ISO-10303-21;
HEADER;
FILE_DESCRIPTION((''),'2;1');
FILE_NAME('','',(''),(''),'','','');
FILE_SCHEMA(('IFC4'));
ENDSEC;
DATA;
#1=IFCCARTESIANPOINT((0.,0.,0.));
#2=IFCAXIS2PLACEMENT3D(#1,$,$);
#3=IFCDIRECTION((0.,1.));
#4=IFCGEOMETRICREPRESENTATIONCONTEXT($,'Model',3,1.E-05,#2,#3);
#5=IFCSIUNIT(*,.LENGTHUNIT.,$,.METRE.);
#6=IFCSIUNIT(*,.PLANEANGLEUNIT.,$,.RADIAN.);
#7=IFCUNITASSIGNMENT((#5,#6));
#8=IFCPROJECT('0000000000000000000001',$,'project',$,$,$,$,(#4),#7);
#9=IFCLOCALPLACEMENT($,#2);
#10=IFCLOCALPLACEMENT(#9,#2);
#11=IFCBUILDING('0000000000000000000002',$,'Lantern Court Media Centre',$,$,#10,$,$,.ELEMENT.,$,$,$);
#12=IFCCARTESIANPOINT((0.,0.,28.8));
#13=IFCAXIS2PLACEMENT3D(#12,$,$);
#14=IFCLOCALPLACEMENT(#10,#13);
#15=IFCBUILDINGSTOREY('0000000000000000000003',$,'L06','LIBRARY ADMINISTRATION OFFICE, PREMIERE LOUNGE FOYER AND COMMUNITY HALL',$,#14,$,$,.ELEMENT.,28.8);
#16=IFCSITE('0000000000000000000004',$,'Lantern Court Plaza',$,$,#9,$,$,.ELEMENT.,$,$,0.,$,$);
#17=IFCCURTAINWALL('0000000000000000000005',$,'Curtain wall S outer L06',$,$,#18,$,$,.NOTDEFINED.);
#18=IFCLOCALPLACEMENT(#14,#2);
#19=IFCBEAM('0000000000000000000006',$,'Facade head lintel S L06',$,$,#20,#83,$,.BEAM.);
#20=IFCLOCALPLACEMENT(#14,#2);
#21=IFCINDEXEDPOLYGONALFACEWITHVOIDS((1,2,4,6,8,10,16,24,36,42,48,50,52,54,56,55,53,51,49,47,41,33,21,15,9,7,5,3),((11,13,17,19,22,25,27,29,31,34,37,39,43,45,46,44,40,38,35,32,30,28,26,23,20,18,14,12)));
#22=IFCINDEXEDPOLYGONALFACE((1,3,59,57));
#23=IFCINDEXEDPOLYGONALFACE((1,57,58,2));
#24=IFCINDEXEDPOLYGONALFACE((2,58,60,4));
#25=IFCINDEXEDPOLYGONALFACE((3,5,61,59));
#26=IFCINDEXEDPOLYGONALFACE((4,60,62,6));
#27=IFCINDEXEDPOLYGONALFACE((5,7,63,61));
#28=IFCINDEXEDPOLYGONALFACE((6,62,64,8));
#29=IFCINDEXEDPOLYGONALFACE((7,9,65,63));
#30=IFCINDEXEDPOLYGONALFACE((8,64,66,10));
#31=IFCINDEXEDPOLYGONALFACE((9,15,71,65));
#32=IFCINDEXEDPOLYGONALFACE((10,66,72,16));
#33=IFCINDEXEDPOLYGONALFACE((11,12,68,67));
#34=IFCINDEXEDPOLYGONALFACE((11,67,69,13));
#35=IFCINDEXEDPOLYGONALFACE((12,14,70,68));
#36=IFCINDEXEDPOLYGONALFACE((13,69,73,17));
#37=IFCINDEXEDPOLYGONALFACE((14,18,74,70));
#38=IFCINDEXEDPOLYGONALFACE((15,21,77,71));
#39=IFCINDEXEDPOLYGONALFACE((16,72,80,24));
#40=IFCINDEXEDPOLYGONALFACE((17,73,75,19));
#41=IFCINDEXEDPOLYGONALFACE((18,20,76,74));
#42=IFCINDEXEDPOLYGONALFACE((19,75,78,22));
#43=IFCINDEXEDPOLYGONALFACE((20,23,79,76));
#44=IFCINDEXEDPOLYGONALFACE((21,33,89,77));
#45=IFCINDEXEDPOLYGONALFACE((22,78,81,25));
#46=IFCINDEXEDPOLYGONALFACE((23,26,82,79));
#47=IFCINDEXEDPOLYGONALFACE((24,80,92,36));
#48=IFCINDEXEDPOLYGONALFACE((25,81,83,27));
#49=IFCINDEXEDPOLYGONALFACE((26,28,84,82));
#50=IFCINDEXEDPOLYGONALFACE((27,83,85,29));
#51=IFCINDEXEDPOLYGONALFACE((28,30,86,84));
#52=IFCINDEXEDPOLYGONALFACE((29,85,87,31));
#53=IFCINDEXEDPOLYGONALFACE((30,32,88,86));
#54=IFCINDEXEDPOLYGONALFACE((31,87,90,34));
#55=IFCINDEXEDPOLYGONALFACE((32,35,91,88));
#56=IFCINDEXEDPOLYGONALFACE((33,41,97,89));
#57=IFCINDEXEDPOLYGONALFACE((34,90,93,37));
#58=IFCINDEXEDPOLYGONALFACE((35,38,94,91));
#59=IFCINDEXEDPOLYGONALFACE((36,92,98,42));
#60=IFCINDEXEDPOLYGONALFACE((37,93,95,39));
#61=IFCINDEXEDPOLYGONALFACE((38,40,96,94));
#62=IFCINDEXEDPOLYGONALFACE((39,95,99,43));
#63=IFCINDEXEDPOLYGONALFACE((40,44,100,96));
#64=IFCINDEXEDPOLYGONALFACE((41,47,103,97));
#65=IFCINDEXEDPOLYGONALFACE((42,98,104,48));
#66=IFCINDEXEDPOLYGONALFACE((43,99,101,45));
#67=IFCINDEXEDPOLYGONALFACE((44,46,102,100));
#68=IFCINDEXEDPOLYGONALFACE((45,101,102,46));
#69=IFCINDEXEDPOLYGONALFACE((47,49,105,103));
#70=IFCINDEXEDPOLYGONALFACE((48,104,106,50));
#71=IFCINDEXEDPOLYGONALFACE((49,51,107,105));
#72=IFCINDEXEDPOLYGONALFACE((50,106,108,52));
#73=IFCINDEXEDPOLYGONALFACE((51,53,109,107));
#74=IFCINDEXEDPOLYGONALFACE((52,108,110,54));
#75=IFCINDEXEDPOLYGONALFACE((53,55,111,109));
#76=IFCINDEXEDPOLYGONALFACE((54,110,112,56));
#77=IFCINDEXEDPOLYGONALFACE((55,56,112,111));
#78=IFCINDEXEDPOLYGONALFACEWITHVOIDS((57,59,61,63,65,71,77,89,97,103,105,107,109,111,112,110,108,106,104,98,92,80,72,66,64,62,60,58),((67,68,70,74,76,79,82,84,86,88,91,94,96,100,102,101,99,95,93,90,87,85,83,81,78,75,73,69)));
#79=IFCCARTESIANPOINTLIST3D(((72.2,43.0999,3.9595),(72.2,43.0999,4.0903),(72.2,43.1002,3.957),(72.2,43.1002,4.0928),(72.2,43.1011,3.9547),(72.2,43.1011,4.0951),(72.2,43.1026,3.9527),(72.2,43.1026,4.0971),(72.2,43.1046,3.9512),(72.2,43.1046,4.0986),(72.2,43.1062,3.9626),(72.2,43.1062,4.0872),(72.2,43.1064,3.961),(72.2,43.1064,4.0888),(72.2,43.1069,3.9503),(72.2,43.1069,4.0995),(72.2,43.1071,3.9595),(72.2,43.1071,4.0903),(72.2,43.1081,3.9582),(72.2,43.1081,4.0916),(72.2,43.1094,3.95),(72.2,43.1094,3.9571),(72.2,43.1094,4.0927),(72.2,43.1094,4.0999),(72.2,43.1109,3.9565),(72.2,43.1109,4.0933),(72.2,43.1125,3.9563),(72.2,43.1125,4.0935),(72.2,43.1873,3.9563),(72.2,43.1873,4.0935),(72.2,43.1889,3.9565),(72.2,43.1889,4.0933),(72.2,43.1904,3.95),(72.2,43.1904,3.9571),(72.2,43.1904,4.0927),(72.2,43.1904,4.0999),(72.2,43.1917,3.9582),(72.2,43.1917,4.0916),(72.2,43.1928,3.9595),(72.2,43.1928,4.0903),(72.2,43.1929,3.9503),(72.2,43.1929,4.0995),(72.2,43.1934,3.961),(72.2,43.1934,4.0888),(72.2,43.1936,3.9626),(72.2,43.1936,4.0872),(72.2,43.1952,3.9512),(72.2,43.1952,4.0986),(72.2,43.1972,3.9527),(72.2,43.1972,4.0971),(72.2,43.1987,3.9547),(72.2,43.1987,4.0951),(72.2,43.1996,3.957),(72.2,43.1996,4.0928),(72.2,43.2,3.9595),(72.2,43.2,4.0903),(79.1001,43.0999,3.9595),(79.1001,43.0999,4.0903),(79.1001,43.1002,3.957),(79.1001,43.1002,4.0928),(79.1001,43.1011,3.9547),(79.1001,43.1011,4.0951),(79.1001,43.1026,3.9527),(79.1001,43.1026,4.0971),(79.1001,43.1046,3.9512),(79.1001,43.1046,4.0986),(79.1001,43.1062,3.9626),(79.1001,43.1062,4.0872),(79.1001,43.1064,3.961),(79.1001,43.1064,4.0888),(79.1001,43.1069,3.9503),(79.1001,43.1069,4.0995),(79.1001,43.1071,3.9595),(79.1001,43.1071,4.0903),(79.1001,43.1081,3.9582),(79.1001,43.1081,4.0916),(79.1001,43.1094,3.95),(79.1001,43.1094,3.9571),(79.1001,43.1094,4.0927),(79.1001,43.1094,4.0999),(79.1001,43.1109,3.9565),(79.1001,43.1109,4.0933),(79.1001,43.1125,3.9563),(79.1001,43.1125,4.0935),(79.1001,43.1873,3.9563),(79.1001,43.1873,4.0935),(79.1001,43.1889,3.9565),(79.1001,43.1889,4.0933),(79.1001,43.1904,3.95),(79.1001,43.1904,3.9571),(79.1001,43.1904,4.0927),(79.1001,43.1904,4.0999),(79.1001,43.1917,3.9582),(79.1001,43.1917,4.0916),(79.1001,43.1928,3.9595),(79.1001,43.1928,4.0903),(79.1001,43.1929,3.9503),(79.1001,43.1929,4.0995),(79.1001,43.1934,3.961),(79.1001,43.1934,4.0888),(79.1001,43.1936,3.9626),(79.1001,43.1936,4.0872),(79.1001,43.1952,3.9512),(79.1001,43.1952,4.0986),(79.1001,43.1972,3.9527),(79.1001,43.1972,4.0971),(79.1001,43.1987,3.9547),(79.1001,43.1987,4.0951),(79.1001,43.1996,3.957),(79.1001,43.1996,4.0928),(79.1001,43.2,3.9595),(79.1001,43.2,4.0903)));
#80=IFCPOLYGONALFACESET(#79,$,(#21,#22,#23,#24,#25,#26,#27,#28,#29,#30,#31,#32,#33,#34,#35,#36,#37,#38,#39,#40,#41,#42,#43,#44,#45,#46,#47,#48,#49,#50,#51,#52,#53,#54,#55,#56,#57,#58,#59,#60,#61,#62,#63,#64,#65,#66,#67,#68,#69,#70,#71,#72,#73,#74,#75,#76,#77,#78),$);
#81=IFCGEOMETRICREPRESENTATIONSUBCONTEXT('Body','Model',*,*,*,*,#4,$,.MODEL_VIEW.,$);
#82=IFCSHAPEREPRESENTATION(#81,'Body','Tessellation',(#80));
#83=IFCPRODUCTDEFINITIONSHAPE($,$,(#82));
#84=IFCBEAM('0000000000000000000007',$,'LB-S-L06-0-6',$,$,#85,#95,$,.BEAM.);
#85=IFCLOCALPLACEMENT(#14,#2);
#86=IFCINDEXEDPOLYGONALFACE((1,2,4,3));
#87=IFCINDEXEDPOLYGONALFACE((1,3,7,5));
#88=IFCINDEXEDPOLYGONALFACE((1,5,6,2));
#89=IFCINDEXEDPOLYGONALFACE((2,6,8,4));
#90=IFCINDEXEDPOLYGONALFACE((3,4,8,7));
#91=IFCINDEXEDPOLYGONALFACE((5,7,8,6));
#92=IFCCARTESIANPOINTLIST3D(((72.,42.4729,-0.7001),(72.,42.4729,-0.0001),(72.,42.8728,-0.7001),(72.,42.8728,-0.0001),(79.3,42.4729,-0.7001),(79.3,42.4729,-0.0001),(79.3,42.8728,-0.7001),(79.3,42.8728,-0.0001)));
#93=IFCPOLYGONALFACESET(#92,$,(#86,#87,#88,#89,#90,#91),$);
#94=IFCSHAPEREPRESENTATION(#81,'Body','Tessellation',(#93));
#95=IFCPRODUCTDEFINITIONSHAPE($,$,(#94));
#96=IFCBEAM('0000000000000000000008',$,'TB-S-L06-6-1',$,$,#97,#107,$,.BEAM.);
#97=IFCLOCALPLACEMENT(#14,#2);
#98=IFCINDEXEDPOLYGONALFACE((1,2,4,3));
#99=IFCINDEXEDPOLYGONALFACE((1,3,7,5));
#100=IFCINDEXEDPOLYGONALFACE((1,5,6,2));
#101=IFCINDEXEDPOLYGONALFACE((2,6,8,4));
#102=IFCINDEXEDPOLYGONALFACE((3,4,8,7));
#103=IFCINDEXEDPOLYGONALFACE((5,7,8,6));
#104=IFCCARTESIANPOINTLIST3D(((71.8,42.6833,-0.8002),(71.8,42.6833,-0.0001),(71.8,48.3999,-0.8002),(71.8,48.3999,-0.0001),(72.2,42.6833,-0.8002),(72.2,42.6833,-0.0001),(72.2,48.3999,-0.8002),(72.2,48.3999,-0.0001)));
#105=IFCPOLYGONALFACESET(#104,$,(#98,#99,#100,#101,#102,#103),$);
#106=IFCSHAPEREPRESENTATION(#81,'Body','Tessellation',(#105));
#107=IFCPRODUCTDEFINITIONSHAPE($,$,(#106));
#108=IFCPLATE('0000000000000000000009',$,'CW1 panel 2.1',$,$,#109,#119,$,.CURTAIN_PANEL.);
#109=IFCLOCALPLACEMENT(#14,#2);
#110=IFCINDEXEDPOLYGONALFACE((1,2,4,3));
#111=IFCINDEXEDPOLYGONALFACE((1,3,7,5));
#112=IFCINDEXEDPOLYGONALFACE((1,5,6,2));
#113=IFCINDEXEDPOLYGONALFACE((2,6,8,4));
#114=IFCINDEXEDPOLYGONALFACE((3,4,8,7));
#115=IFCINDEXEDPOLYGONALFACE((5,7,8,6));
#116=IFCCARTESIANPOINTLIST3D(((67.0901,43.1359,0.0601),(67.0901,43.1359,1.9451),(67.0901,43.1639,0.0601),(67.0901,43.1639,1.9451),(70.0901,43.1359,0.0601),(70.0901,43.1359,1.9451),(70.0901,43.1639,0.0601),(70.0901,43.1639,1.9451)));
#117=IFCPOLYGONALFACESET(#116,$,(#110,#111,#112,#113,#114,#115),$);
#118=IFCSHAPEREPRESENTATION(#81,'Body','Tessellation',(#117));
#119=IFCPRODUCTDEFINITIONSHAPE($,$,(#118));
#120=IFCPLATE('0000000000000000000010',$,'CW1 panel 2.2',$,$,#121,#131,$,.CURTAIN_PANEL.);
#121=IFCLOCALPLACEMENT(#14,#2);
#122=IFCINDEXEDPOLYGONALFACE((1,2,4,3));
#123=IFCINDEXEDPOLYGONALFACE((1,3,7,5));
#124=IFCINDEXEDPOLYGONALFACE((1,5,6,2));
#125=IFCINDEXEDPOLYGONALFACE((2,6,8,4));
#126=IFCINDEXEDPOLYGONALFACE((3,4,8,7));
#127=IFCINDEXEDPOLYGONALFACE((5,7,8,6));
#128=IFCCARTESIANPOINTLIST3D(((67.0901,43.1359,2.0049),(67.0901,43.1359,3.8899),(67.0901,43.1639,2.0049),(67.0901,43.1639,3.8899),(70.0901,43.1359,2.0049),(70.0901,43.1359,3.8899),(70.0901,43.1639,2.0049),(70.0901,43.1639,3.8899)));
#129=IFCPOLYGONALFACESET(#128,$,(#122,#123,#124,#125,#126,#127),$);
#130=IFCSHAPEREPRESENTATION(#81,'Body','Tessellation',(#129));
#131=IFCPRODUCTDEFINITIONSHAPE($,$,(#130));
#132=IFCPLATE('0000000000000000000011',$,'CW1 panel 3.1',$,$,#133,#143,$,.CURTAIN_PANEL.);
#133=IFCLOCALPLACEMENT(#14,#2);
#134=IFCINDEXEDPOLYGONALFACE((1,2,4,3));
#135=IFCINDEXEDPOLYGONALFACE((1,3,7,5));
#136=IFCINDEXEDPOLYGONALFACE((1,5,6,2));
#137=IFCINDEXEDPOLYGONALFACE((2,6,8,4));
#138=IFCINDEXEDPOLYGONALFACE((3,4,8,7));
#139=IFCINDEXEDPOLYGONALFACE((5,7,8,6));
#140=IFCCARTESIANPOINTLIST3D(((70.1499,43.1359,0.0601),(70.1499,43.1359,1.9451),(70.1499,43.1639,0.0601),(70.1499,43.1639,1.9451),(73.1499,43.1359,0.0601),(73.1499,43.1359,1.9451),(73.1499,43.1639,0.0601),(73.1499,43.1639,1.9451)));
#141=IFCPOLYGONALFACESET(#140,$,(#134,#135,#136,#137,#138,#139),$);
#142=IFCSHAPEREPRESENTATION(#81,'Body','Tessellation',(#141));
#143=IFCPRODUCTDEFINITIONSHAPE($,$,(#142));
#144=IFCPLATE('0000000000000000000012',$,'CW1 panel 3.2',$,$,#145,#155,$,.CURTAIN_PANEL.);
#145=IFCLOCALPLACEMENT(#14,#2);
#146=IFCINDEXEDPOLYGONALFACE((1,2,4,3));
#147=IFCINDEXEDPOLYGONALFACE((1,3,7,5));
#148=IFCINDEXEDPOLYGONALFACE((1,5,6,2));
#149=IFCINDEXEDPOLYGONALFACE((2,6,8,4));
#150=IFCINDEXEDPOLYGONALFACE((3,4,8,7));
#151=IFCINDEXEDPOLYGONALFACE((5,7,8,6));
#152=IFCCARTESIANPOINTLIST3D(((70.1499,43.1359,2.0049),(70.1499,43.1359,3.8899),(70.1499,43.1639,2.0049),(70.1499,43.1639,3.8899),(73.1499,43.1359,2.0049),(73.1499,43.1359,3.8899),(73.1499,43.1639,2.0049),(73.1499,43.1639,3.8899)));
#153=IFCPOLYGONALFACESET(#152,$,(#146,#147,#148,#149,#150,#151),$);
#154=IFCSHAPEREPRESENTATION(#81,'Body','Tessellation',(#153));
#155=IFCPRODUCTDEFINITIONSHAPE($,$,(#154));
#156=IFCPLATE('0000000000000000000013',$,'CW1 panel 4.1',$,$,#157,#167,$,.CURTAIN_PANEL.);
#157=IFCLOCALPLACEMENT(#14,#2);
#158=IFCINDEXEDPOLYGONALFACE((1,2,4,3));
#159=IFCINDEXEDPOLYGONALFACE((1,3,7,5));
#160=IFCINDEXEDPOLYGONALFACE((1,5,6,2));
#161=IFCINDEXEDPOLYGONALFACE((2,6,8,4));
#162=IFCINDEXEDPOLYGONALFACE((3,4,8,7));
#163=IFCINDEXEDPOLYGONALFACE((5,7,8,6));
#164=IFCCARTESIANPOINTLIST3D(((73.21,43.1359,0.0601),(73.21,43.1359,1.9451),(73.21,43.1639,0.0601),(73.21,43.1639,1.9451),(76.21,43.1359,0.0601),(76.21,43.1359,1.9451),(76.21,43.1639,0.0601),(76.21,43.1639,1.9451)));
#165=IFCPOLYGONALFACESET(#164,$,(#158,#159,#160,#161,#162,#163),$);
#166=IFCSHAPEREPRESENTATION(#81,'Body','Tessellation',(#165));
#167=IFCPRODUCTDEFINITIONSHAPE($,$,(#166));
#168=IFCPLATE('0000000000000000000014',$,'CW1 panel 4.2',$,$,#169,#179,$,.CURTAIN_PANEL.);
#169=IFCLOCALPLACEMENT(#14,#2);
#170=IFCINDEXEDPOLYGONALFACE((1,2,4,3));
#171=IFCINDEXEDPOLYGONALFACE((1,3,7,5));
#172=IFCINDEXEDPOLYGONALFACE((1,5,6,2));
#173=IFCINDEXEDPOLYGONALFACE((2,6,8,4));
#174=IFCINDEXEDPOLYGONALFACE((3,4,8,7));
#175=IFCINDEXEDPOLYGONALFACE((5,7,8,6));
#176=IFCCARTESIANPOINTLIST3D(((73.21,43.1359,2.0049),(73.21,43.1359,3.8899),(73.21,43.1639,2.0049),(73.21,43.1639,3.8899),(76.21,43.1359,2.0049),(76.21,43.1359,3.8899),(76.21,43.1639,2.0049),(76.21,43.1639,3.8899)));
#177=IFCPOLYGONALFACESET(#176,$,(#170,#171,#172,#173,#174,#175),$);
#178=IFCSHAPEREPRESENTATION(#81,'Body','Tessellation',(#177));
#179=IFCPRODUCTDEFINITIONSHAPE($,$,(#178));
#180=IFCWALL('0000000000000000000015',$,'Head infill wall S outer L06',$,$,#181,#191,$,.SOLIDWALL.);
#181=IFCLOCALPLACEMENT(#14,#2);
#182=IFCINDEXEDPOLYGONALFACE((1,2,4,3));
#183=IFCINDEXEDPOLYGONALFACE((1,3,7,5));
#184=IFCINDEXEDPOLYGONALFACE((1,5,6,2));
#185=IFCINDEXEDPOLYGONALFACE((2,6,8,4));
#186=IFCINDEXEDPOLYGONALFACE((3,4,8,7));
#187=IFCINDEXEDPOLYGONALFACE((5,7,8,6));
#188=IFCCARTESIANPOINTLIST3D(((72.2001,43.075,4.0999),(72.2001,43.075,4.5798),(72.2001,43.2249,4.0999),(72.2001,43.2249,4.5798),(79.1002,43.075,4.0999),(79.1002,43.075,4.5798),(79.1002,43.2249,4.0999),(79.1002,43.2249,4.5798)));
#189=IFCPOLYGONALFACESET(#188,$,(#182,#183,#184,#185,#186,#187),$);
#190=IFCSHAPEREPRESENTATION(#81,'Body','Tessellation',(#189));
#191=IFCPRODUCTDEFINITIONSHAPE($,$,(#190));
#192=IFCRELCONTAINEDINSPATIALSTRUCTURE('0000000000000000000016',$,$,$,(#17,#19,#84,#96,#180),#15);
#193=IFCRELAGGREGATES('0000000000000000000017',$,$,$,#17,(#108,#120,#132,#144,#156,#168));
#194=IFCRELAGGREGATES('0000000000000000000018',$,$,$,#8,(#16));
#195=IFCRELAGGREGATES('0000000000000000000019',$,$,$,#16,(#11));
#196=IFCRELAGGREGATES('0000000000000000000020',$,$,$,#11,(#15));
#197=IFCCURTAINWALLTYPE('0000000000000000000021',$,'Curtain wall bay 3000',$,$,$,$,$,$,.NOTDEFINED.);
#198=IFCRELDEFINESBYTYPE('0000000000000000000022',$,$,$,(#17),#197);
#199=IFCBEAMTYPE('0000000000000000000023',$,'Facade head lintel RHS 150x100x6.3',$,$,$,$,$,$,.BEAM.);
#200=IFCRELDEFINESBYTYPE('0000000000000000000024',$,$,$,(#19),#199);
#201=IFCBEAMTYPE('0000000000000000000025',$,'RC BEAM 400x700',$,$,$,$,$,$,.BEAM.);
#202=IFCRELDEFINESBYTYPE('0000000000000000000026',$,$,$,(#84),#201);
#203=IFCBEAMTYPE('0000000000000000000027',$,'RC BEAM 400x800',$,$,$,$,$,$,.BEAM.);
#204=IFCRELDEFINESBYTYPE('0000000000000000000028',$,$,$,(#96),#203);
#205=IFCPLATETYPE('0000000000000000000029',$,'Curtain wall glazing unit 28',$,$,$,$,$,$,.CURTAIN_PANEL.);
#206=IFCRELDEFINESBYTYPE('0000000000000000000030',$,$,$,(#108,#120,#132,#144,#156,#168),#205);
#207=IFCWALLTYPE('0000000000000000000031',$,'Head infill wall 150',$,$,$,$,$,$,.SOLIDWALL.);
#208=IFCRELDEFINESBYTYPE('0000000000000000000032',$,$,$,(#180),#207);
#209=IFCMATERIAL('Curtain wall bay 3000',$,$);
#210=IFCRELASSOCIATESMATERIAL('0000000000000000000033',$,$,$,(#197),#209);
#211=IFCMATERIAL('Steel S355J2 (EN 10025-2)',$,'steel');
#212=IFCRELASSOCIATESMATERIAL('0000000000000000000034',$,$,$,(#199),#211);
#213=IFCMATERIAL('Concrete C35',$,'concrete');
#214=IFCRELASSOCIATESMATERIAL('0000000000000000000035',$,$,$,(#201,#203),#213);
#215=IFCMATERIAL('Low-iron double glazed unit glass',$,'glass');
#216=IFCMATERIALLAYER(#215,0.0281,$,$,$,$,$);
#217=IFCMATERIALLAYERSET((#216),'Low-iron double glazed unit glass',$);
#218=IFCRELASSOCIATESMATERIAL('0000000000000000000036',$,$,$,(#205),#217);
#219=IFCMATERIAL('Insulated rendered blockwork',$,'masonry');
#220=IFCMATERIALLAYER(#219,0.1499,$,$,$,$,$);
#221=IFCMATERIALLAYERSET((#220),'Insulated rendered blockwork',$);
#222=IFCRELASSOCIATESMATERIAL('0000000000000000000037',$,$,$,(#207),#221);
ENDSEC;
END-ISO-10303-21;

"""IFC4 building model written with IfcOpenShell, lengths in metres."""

from ifc_helpers import new_model, si_unit, direction, frame, frame_2d, origin, origin_2d, place, context, subcontext, project, spatial, rectangle, hollow_rectangle, extrude, material, layer, layer_set, material_profile, profile_set, type_object, element, aggregate, save


model = new_model("IFC4")

# Units and contexts
model_context = context("Model", 3, precision=1e-05, world=origin(), true_north=direction((0.0, 1.0)))
body_context = subcontext(model_context, "Body", "Model", "MODEL_VIEW")
ifc_project = project(units=[si_unit("LENGTHUNIT", "METRE"), si_unit("PLANEANGLEUNIT", "RADIAN")], contexts=[model_context])

# Site, building, storey
site_placement = place(None, origin())
site = spatial("IfcSite", under=ifc_project, at=site_placement, Name="Lantern Court Plaza", CompositionType="ELEMENT", RefElevation=0.0)
building_placement = place(site_placement, origin())
building = spatial("IfcBuilding", under=site, at=building_placement, Name="Lantern Court Media Centre", CompositionType="ELEMENT")
storey_placement = place(building_placement, frame((0.0, 0.0, 28.8)))
storey = spatial("IfcBuildingStorey", under=building, at=storey_placement, Name="L06", Description="LIBRARY ADMINISTRATION OFFICE, PREMIERE LOUNGE FOYER AND COMMUNITY HALL", CompositionType="ELEMENT", Elevation=28.8)

# Shared definitions
ifc_material_1 = material(Name="Concrete C35", Category="concrete")

# Curtain wall
ifc_material_2 = material(Name="Curtain wall bay 3000")
curtain_wall_type = type_object("IfcCurtainWallType", Name="Curtain wall bay 3000", PredefinedType="NOTDEFINED", material=ifc_material_2)
curtain_wall_placement = place(storey_placement, origin())
curtain_wall = element("IfcCurtainWall", 1, at=curtain_wall_placement, inside=storey, type_object=curtain_wall_type, Name="Curtain wall S outer L06", PredefinedType="NOTDEFINED")

# Beams
ifc_material_3 = material(Name="Steel S355J2 (EN 10025-2)", Category="steel")
ifc_material_profile_1 = material_profile(ifc_material_3, hollow_rectangle(XDim=0.1001, YDim=0.1499, WallThickness=0.0063, InnerFilletRadius=0.0063, OuterFilletRadius=0.0095, at=origin_2d()), Name="Facade head lintel RHS 150x100x6.3")
ifc_profile_set_1 = profile_set([ifc_material_profile_1], Name="Steel S355J2 (EN 10025-2)")
beam_type_1 = type_object("IfcBeamType", Name="Facade head lintel RHS 150x100x6.3", PredefinedType="BEAM", material=ifc_profile_set_1)
beam_1_placement = place(storey_placement, frame((72.2, 43.1499, 4.0249), z_axis=(1.0, 0.0, 0.0), x_axis=(0.0, 1.0, 0.0)))
element("IfcBeam", 2, at=beam_1_placement, inside=storey, type_object=beam_type_1, Name="Facade head lintel S L06", PredefinedType="BEAM", context=body_context, shape_type="SweptSolid", body=[
    extrude(hollow_rectangle(XDim=0.1001, YDim=0.1499, WallThickness=0.0063, InnerFilletRadius=0.0063, OuterFilletRadius=0.0095, at=origin_2d()), origin(), (0.0, 0.0, 1.0), 6.9001),
])
ifc_material_profile_2 = material_profile(ifc_material_1, rectangle(XDim=0.3999, YDim=0.7, at=origin_2d()), Name="RC 400x700")
ifc_profile_set_2 = profile_set([ifc_material_profile_2], Name="Concrete C35")
beam_type_2 = type_object("IfcBeamType", Name="RC BEAM 400x700", PredefinedType="BEAM", material=ifc_profile_set_2)
beam_2_placement = place(storey_placement, frame((72.0, 42.6729, -0.3501), z_axis=(1.0, 0.0, 0.0), x_axis=(0.0, 1.0, 0.0)))
element("IfcBeam", 3, at=beam_2_placement, inside=storey, type_object=beam_type_2, Name="LB-S-L06-0-6", PredefinedType="BEAM", context=body_context, shape_type="SweptSolid", body=[
    extrude(rectangle(XDim=0.3999, YDim=0.7, at=origin_2d()), origin(), (0.0, 0.0, 1.0), 7.3),
])
ifc_material_profile_3 = material_profile(ifc_material_1, rectangle(XDim=0.3999, YDim=0.8, at=origin_2d()), Name="RC 400x800")
ifc_profile_set_3 = profile_set([ifc_material_profile_3], Name="Concrete C35")
beam_type_3 = type_object("IfcBeamType", Name="RC BEAM 400x800", PredefinedType="BEAM", material=ifc_profile_set_3)
beam_3_placement = place(storey_placement, frame((72.0, 42.6833, -0.4001), z_axis=(0.0, 1.0, 0.0), x_axis=(-1.0, 0.0, 0.0)))
element("IfcBeam", 4, at=beam_3_placement, inside=storey, type_object=beam_type_3, Name="TB-S-L06-6-1", PredefinedType="BEAM", context=body_context, shape_type="SweptSolid", body=[
    extrude(rectangle(XDim=0.3999, YDim=0.8, at=origin_2d()), origin(), (0.0, 0.0, 1.0), 5.7166),
])

# Plates
ifc_material_4 = material(Name="Low-iron double glazed unit glass", Category="glass")
ifc_layer_1 = layer(ifc_material_4, 0.0281)
ifc_layer_set_1 = layer_set([ifc_layer_1], Name="Low-iron double glazed unit glass")
plate_type = type_object("IfcPlateType", Name="Curtain wall glazing unit 28", PredefinedType="CURTAIN_PANEL", material=ifc_layer_set_1)
plate_1_placement = place(storey_placement, frame((68.5901, 43.1499, 0.0601), z_axis=(0.0, 0.0, 1.0), x_axis=(1.0, 0.0, 0.0)))
plate_1 = element("IfcPlate", 5, at=plate_1_placement, type_object=plate_type, Name="CW1 panel 2.1", PredefinedType="CURTAIN_PANEL", context=body_context, shape_type="SweptSolid", body=[
    extrude(rectangle(XDim=3.0, YDim=0.0281, at=origin_2d()), origin(), (0.0, 0.0, 1.0), 1.885),
])
plate_2_placement = place(storey_placement, frame((68.5901, 43.1499, 2.0049), z_axis=(0.0, 0.0, 1.0), x_axis=(1.0, 0.0, 0.0)))
plate_2 = element("IfcPlate", 6, at=plate_2_placement, type_object=plate_type, Name="CW1 panel 2.2", PredefinedType="CURTAIN_PANEL", context=body_context, shape_type="SweptSolid", body=[
    extrude(rectangle(XDim=3.0, YDim=0.0281, at=origin_2d()), origin(), (0.0, 0.0, 1.0), 1.885),
])
plate_3_placement = place(storey_placement, frame((71.6499, 43.1499, 0.0601), z_axis=(0.0, 0.0, 1.0), x_axis=(1.0, 0.0, 0.0)))
plate_3 = element("IfcPlate", 7, at=plate_3_placement, type_object=plate_type, Name="CW1 panel 3.1", PredefinedType="CURTAIN_PANEL", context=body_context, shape_type="SweptSolid", body=[
    extrude(rectangle(XDim=3.0, YDim=0.0281, at=origin_2d()), origin(), (0.0, 0.0, 1.0), 1.885),
])
plate_4_placement = place(storey_placement, frame((71.6499, 43.1499, 2.0049), z_axis=(0.0, 0.0, 1.0), x_axis=(1.0, 0.0, 0.0)))
plate_4 = element("IfcPlate", 8, at=plate_4_placement, type_object=plate_type, Name="CW1 panel 3.2", PredefinedType="CURTAIN_PANEL", context=body_context, shape_type="SweptSolid", body=[
    extrude(rectangle(XDim=3.0, YDim=0.0281, at=origin_2d()), origin(), (0.0, 0.0, 1.0), 1.885),
])
plate_5_placement = place(storey_placement, frame((74.71, 43.1499, 0.0601), z_axis=(0.0, 0.0, 1.0), x_axis=(1.0, 0.0, 0.0)))
plate_5 = element("IfcPlate", 9, at=plate_5_placement, type_object=plate_type, Name="CW1 panel 4.1", PredefinedType="CURTAIN_PANEL", context=body_context, shape_type="SweptSolid", body=[
    extrude(rectangle(XDim=3.0, YDim=0.0281, at=origin_2d()), origin(), (0.0, 0.0, 1.0), 1.885),
])
plate_6_placement = place(storey_placement, frame((74.71, 43.1499, 2.0049), z_axis=(0.0, 0.0, 1.0), x_axis=(1.0, 0.0, 0.0)))
plate_6 = element("IfcPlate", 10, at=plate_6_placement, type_object=plate_type, Name="CW1 panel 4.2", PredefinedType="CURTAIN_PANEL", context=body_context, shape_type="SweptSolid", body=[
    extrude(rectangle(XDim=3.0, YDim=0.0281, at=origin_2d()), origin(), (0.0, 0.0, 1.0), 1.885),
])
aggregate(curtain_wall, [plate_1, plate_2, plate_3, plate_4, plate_5, plate_6])

# Wall
ifc_material_5 = material(Name="Insulated rendered blockwork", Category="masonry")
ifc_layer_2 = layer(ifc_material_5, 0.1499)
ifc_layer_set_2 = layer_set([ifc_layer_2], Name="Insulated rendered blockwork")
wall_type_1 = type_object("IfcWallType", Name="Head infill wall 150", PredefinedType="SOLIDWALL", material=ifc_layer_set_2)
wall_1_placement = place(storey_placement, frame((72.2, 43.1499, 4.0999), z_axis=(0.0, 0.0, 1.0), x_axis=(1.0, 0.0, 0.0)))
element("IfcWall", 11, at=wall_1_placement, inside=storey, type_object=wall_type_1, Name="Head infill wall S outer L06", PredefinedType="SOLIDWALL", context=body_context, shape_type="SweptSolid", body=[
    extrude(rectangle(XDim=6.9001, YDim=0.1499, at=frame_2d((3.4502, 0.0))), origin(), (0.0, 0.0, 1.0), 0.48),
])

save(model, "model.ifc")
